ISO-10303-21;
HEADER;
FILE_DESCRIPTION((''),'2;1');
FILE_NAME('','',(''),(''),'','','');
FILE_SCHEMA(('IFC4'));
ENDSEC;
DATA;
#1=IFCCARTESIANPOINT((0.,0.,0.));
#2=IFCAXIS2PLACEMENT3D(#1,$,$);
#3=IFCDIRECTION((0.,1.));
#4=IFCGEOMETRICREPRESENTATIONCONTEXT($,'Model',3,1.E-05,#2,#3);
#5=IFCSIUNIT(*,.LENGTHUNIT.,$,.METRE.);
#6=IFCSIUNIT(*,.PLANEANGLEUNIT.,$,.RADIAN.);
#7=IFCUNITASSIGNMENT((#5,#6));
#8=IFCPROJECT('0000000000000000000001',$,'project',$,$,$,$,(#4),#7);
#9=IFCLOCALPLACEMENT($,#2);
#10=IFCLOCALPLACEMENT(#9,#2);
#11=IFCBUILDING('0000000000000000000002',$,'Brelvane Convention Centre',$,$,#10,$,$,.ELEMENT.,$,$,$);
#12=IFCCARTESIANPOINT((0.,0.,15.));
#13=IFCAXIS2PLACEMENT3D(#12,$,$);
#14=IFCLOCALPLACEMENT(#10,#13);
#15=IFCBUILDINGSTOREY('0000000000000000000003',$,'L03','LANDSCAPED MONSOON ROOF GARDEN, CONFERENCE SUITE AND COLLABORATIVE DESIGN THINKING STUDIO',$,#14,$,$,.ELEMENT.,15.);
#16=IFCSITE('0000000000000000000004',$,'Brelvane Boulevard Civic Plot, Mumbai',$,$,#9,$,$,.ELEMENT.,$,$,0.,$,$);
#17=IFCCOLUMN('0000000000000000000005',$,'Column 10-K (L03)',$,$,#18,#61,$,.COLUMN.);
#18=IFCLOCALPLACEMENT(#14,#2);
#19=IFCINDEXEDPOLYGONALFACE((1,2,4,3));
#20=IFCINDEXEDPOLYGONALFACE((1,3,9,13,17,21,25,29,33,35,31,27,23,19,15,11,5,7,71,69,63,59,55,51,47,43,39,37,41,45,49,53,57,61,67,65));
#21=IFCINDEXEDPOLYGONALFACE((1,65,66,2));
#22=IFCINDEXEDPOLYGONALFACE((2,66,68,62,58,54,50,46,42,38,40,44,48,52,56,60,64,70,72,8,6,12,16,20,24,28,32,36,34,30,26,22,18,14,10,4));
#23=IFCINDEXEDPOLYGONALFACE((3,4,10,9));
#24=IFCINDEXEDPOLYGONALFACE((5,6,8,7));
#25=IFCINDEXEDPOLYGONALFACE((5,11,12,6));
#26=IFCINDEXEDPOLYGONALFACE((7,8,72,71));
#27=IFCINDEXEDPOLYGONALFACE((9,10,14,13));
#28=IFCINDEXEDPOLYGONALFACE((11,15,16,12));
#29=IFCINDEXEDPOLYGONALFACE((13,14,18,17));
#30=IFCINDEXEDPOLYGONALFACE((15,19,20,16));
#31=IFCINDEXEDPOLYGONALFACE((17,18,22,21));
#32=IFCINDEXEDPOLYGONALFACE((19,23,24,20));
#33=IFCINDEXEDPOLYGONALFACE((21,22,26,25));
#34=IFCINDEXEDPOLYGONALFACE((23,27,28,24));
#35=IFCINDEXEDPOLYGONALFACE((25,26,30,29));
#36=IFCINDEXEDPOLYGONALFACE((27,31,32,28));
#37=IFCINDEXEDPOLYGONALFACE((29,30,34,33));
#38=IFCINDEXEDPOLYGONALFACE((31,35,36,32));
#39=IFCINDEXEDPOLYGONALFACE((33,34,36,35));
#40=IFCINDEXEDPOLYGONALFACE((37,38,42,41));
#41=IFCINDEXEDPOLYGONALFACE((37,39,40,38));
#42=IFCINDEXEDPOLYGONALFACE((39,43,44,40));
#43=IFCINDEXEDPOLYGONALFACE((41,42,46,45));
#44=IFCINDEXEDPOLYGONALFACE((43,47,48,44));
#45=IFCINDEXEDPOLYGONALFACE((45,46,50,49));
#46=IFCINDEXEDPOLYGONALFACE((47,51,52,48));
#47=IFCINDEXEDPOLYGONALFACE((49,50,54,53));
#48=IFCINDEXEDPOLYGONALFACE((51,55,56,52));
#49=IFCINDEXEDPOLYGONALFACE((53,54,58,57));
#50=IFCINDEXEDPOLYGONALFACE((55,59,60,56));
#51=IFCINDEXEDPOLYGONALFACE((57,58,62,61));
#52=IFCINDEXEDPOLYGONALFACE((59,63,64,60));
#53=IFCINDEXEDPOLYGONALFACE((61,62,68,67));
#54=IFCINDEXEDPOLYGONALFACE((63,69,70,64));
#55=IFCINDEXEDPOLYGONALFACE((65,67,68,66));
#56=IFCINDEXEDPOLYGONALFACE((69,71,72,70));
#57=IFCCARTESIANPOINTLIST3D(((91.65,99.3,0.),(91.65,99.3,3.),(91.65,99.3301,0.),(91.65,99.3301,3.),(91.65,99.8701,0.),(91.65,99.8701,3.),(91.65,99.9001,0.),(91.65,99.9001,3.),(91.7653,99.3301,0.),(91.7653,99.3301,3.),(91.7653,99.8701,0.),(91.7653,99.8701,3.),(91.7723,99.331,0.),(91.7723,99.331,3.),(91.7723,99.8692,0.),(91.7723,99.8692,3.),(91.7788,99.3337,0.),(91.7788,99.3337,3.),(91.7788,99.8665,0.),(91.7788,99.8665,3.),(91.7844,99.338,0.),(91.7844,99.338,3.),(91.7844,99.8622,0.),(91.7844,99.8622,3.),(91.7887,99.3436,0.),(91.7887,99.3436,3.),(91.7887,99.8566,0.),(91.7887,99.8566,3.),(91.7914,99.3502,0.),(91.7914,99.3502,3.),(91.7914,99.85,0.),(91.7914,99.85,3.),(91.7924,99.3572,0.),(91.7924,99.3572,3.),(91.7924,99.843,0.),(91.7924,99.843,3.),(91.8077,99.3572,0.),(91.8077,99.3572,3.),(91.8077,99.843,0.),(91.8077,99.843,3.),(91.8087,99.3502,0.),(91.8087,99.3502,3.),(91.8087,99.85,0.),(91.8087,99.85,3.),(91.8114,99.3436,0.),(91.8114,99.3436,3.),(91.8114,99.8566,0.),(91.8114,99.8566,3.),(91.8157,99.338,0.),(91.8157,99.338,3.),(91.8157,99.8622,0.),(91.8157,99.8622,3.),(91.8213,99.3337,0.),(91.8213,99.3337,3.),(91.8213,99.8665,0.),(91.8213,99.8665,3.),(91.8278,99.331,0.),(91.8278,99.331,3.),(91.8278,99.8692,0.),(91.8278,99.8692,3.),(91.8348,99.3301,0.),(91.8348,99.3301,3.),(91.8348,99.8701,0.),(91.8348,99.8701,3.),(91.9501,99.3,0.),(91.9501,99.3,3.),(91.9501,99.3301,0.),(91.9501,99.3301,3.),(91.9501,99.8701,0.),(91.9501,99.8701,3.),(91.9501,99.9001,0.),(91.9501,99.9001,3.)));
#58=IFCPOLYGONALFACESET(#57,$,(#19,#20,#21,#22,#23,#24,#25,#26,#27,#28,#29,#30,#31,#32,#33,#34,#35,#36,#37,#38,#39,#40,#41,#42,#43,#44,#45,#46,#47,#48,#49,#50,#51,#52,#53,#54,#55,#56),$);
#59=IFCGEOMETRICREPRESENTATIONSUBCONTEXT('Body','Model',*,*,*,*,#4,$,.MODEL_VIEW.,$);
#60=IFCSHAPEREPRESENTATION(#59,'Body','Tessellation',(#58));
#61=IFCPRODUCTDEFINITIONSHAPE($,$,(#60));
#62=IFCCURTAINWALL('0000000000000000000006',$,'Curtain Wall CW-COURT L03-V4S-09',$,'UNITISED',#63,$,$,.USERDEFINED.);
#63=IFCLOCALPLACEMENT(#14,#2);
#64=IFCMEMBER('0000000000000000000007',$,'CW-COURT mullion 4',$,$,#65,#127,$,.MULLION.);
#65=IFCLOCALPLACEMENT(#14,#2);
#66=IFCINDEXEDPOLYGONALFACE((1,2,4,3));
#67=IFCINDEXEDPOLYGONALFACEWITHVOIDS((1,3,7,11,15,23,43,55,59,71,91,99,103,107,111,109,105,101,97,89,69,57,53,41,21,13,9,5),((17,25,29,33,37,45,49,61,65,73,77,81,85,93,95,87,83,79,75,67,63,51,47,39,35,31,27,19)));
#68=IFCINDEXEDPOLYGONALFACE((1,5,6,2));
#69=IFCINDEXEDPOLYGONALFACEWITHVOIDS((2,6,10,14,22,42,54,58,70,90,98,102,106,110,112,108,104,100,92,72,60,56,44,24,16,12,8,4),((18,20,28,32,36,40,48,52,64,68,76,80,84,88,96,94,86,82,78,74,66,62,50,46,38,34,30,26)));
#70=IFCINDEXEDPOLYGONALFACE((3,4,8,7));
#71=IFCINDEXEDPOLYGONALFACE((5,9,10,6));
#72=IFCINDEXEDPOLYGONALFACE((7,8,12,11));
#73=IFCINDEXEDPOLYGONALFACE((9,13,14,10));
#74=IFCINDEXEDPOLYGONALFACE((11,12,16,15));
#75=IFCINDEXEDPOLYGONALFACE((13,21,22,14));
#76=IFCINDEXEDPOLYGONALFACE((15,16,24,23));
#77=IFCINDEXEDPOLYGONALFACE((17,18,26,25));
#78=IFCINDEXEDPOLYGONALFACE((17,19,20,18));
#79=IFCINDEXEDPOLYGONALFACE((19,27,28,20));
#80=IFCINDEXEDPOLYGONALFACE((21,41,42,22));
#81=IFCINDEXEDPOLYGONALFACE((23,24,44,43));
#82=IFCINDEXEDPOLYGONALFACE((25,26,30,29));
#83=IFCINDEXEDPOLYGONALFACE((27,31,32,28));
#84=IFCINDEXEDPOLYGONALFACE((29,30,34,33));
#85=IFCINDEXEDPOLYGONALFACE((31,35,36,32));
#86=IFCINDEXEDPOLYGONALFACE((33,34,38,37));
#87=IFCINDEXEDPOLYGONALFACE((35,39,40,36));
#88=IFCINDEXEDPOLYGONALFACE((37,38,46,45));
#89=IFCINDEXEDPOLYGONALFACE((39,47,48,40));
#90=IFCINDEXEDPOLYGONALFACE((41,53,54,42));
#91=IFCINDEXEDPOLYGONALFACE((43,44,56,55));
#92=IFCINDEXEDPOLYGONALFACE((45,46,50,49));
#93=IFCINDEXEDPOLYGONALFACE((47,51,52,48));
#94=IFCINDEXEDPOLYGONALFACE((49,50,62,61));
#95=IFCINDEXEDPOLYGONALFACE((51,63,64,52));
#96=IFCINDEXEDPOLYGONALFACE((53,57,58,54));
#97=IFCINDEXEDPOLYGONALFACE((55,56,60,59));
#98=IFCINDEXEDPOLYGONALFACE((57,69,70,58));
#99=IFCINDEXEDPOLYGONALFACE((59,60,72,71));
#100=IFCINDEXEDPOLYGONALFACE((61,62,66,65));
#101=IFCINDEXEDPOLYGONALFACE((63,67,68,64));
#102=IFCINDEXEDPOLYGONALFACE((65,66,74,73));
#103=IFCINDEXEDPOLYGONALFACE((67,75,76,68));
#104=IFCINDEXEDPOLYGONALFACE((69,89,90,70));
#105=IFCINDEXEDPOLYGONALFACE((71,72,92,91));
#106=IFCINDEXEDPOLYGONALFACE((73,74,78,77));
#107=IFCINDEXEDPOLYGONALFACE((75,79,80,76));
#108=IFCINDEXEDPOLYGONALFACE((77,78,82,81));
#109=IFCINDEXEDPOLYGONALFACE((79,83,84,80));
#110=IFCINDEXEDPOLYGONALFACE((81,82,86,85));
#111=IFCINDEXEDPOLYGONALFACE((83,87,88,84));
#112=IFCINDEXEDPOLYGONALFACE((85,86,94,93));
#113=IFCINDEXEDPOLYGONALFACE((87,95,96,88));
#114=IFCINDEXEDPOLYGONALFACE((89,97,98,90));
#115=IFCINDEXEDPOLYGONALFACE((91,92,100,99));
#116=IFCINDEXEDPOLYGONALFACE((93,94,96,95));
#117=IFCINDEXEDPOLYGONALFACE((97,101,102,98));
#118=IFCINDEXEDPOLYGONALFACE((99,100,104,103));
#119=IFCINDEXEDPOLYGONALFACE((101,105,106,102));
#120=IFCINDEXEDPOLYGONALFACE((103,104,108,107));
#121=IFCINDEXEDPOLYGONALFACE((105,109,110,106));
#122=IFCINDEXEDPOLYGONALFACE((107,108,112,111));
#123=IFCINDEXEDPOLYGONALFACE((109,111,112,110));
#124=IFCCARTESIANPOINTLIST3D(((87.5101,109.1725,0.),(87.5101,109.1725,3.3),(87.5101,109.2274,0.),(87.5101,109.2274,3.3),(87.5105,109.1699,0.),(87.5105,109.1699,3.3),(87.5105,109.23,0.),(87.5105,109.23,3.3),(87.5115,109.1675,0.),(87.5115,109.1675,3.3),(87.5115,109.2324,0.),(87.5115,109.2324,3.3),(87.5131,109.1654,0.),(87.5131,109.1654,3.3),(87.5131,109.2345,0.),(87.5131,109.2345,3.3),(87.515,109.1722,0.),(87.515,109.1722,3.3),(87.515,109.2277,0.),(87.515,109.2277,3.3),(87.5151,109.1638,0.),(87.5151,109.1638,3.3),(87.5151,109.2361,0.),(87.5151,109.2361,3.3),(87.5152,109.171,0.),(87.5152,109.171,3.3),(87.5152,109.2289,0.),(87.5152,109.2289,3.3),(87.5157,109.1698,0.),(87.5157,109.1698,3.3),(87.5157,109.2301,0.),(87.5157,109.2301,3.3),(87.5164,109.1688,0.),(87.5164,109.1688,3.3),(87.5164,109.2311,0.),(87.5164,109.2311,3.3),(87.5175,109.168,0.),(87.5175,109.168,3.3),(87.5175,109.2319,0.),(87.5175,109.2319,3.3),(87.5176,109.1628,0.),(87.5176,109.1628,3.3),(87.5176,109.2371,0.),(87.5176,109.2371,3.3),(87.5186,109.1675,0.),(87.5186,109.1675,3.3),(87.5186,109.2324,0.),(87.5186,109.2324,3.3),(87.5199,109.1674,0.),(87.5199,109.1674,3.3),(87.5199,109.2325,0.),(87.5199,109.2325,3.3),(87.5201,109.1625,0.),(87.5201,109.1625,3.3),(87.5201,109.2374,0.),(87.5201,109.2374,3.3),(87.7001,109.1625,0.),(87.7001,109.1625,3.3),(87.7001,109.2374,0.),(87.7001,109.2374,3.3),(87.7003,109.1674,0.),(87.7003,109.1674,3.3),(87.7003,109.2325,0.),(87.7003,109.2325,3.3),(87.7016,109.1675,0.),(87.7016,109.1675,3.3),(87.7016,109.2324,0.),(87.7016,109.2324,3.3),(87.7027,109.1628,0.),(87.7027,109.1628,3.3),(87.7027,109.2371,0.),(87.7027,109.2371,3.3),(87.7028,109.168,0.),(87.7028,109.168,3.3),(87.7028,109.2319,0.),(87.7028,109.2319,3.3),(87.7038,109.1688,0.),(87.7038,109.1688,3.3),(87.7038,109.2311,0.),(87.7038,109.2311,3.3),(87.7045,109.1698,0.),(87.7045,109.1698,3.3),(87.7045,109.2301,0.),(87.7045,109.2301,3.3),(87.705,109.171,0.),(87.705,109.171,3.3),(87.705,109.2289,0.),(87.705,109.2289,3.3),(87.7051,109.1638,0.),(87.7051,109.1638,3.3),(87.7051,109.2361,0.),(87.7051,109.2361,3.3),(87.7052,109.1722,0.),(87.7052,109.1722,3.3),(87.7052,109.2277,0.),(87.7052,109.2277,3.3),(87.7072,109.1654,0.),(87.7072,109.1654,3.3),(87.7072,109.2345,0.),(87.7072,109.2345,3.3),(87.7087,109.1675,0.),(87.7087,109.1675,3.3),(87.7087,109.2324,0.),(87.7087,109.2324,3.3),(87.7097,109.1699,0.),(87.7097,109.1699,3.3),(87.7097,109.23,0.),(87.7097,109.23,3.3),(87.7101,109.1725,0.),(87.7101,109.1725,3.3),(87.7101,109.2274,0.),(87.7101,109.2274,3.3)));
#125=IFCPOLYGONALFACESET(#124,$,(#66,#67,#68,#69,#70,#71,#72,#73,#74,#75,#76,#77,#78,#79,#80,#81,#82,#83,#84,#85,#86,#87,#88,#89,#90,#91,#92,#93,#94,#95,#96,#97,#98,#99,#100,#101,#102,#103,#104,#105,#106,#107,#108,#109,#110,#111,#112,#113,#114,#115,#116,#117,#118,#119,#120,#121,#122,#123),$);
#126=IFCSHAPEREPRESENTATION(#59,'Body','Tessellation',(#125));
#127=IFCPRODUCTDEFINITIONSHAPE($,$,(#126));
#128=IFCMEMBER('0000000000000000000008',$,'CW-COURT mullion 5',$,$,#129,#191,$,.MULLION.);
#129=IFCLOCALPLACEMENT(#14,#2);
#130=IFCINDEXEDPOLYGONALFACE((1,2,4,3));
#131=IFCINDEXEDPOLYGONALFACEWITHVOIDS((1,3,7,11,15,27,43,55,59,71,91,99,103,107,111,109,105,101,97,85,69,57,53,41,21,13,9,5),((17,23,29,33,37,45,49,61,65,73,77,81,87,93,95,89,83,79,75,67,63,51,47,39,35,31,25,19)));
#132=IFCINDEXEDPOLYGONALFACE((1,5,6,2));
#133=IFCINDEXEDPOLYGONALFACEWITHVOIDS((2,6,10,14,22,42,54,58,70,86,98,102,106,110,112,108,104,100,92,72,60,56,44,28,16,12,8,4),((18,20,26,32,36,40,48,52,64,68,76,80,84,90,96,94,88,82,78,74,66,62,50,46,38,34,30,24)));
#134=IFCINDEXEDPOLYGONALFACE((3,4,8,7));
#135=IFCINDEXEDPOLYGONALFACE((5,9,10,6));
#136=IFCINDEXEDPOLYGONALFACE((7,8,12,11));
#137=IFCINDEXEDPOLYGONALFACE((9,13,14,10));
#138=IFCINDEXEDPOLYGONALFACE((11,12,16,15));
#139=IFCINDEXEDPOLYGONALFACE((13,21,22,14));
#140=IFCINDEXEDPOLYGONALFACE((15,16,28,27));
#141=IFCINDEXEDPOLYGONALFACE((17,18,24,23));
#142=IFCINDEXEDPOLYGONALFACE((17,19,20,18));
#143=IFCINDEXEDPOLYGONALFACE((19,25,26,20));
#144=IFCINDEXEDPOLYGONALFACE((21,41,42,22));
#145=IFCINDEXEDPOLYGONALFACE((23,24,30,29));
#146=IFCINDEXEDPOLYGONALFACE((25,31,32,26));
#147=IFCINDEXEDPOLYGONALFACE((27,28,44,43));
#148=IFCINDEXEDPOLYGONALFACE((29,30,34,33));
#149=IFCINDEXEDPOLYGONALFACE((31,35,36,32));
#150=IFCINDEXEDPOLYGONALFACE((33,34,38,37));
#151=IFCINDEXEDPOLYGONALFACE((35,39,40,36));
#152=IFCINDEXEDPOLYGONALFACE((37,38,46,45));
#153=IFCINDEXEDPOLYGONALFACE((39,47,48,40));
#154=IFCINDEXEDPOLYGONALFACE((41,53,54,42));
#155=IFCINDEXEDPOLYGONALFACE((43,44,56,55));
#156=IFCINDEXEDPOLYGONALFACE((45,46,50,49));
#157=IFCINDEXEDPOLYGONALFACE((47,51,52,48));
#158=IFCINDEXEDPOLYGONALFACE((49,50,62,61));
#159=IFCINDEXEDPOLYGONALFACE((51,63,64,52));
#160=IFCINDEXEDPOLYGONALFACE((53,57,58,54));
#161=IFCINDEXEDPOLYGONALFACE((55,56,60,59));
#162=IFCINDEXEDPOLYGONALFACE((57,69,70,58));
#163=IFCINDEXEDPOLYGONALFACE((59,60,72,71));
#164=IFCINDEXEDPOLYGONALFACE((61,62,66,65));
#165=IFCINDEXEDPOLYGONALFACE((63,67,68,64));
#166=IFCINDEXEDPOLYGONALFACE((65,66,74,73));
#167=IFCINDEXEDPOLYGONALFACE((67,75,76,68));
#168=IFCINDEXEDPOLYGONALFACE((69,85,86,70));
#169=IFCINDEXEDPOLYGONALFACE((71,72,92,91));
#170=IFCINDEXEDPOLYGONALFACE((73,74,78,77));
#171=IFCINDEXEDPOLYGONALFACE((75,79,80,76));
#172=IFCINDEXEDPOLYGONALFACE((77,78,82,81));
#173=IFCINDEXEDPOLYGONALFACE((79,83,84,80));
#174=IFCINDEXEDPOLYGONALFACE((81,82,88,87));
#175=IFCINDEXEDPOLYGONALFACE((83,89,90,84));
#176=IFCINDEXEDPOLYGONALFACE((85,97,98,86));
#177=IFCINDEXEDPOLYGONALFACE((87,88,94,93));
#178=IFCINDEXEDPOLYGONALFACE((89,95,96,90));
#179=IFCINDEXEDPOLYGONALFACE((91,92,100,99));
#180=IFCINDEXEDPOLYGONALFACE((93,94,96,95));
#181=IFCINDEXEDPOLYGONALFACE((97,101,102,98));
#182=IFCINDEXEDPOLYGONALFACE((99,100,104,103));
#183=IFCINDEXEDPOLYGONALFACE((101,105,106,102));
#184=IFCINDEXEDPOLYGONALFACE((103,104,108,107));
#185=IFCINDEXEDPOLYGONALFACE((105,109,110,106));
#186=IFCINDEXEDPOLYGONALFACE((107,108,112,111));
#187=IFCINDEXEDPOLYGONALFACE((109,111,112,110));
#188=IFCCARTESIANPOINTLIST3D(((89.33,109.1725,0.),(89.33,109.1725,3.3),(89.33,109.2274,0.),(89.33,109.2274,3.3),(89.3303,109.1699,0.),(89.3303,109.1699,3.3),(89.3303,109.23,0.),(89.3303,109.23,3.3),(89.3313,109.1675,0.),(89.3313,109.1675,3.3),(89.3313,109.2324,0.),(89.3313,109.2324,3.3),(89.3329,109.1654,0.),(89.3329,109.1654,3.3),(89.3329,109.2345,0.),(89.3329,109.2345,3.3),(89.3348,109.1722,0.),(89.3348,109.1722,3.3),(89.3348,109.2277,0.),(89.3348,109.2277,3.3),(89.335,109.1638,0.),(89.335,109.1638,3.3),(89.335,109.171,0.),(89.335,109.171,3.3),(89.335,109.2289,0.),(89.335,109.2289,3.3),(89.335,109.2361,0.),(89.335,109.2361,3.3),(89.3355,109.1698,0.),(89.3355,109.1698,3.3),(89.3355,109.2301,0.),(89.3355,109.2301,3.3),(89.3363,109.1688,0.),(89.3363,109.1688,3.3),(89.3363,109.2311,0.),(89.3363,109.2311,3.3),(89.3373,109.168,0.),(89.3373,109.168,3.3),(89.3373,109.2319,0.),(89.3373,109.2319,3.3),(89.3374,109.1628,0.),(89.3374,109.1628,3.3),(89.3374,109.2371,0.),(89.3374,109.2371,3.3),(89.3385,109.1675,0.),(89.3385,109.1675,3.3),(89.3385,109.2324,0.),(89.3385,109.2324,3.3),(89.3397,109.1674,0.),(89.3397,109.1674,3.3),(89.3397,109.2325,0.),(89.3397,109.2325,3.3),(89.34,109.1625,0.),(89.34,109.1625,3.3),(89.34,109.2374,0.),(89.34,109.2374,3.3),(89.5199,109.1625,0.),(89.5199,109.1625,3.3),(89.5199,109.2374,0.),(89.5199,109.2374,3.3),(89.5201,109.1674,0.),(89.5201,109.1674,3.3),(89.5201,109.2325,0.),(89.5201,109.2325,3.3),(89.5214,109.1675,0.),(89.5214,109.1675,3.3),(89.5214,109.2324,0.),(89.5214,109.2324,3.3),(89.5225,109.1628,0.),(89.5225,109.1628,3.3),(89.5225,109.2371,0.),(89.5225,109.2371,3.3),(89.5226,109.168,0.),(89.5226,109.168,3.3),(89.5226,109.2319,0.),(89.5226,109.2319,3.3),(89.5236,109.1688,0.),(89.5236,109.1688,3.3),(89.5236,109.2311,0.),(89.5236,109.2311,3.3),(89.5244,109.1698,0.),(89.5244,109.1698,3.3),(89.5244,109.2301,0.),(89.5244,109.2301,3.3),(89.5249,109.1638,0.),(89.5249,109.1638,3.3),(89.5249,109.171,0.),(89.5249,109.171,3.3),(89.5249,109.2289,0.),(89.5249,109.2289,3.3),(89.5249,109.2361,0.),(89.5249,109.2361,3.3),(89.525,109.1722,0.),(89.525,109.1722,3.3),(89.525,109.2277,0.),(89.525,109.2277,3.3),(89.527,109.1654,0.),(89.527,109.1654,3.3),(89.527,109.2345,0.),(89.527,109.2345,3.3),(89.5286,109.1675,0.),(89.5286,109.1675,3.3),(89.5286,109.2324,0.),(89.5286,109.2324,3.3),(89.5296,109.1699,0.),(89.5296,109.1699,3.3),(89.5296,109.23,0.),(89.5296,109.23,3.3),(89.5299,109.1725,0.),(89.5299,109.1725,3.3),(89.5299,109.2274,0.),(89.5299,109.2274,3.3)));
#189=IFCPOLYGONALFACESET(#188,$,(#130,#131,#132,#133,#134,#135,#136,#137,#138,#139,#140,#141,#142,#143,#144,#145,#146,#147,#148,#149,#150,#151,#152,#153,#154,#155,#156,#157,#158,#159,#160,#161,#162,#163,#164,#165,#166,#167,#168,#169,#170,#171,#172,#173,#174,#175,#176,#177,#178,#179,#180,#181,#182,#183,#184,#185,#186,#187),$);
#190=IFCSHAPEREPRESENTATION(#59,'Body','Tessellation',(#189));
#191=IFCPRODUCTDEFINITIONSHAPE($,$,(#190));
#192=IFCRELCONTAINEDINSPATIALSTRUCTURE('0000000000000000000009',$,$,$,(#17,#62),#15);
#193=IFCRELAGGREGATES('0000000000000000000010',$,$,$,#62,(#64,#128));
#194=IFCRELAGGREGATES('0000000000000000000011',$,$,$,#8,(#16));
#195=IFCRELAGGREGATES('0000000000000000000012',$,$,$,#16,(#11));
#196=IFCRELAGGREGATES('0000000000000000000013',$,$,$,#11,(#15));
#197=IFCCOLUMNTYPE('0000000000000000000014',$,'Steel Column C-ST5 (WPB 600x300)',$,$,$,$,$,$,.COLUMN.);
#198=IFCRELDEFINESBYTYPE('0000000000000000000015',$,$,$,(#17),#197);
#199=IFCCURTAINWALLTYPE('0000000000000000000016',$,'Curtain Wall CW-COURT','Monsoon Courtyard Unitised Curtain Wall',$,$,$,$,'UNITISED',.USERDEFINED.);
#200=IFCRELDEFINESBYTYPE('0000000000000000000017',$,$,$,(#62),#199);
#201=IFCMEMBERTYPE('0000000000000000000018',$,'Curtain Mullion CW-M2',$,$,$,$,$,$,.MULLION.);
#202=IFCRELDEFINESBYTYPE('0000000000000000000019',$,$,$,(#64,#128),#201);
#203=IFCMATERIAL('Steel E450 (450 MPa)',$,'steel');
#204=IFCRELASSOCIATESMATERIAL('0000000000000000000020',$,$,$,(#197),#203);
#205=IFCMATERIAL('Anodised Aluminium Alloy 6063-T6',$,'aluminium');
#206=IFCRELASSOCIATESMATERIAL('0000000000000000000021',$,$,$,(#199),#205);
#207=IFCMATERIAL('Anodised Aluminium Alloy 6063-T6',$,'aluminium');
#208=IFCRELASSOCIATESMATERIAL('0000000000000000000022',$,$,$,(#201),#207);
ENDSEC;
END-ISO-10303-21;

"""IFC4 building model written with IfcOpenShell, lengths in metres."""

from ifc_helpers import new_model, si_unit, direction, frame, origin, origin_2d, place, context, subcontext, project, spatial, hollow_rectangle, i_section, extrude, material, material_profile, profile_set, type_object, element, aggregate, save


model = new_model("IFC4")

# Units and contexts
model_context = context("Model", 3, precision=1e-05, world=origin(), true_north=direction((0.0, 1.0)))
body_context = subcontext(model_context, "Body", "Model", "MODEL_VIEW")
ifc_project = project(units=[si_unit("LENGTHUNIT", "METRE"), si_unit("PLANEANGLEUNIT", "RADIAN")], contexts=[model_context])

# Site, building, storey
site_placement = place(None, origin())
site = spatial("IfcSite", under=ifc_project, at=site_placement, Name="Brelvane Boulevard Civic Plot, Mumbai", CompositionType="ELEMENT", RefElevation=0.0)
building_placement = place(site_placement, origin())
building = spatial("IfcBuilding", under=site, at=building_placement, Name="Brelvane Convention Centre", CompositionType="ELEMENT")
storey_placement = place(building_placement, frame((0.0, 0.0, 15.0)))
storey = spatial("IfcBuildingStorey", under=building, at=storey_placement, Name="L03", Description="LANDSCAPED MONSOON ROOF GARDEN, CONFERENCE SUITE AND COLLABORATIVE DESIGN THINKING STUDIO", CompositionType="ELEMENT", Elevation=15.0)

# Column
ifc_material_1 = material(Name="Steel E450 (450 MPa)", Category="steel")
ifc_material_profile_1 = material_profile(ifc_material_1, i_section(OverallWidth=0.3, OverallDepth=0.6001, WebThickness=0.0154, FlangeThickness=0.03, FilletRadius=0.0271, at=origin_2d()), Name="WPB 600x300")
ifc_profile_set_1 = profile_set([ifc_material_profile_1], Name="Steel E450 (450 MPa)")
column_type_1 = type_object("IfcColumnType", Name="Steel Column C-ST5 (WPB 600x300)", PredefinedType="COLUMN", material=ifc_profile_set_1)
column_1_placement = place(storey_placement, frame((91.8, 99.6001, 0.0), z_axis=(0.0, 0.0, 1.0), x_axis=(1.0, 0.0, 0.0)))
element("IfcColumn", 1, at=column_1_placement, inside=storey, type_object=column_type_1, Name="Column 10-K (L03)", PredefinedType="COLUMN", context=body_context, shape_type="SweptSolid", body=[
    extrude(i_section(OverallWidth=0.3, OverallDepth=0.6001, WebThickness=0.0154, FlangeThickness=0.03, FilletRadius=0.0271, at=origin_2d()), origin(), (0.0, 0.0, 1.0), 3.0),
])

# Curtain wall, members
ifc_material_2 = material(Name="Anodised Aluminium Alloy 6063-T6", Category="aluminium")
curtain_wall_type = type_object("IfcCurtainWallType", Name="Curtain Wall CW-COURT", Description="Monsoon Courtyard Unitised Curtain Wall", ElementType="UNITISED", PredefinedType="USERDEFINED", material=ifc_material_2)
curtain_wall_placement = place(storey_placement, origin())
curtain_wall = element("IfcCurtainWall", 2, at=curtain_wall_placement, inside=storey, type_object=curtain_wall_type, Name="Curtain Wall CW-COURT L03-V4S-09", ObjectType="UNITISED", PredefinedType="USERDEFINED")
ifc_material_3 = material(Name="Anodised Aluminium Alloy 6063-T6", Category="aluminium")
ifc_material_profile_2 = material_profile(ifc_material_3, hollow_rectangle(XDim=0.075, YDim=0.2, WallThickness=0.0049, InnerFilletRadius=0.0049, OuterFilletRadius=0.01, at=origin_2d()), Name="ALU-M 200x75x5.0")
ifc_profile_set_2 = profile_set([ifc_material_profile_2], Name="Anodised Aluminium Alloy 6063-T6")
member_type_1 = type_object("IfcMemberType", Name="Curtain Mullion CW-M2", PredefinedType="MULLION", material=ifc_profile_set_2)
member_1_placement = place(storey_placement, frame((87.6101, 109.2, 0.0), z_axis=(0.0, 0.0, 1.0), x_axis=(0.0, 1.0, 0.0)))
member_1 = element("IfcMember", 3, at=member_1_placement, type_object=member_type_1, Name="CW-COURT mullion 4", PredefinedType="MULLION", context=body_context, shape_type="SweptSolid", body=[
    extrude(hollow_rectangle(XDim=0.075, YDim=0.2, WallThickness=0.0049, InnerFilletRadius=0.0049, OuterFilletRadius=0.01, at=origin_2d()), origin(), (0.0, 0.0, 1.0), 3.3),
])
member_2_placement = place(storey_placement, frame((89.4299, 109.2, 0.0), z_axis=(0.0, 0.0, 1.0), x_axis=(0.0, 1.0, 0.0)))
member_2 = element("IfcMember", 4, at=member_2_placement, type_object=member_type_1, Name="CW-COURT mullion 5", PredefinedType="MULLION", context=body_context, shape_type="SweptSolid", body=[
    extrude(hollow_rectangle(XDim=0.075, YDim=0.2, WallThickness=0.0049, InnerFilletRadius=0.0049, OuterFilletRadius=0.01, at=origin_2d()), origin(), (0.0, 0.0, 1.0), 3.3),
])

aggregate(curtain_wall, [member_1, member_2])

save(model, "model.ifc")
